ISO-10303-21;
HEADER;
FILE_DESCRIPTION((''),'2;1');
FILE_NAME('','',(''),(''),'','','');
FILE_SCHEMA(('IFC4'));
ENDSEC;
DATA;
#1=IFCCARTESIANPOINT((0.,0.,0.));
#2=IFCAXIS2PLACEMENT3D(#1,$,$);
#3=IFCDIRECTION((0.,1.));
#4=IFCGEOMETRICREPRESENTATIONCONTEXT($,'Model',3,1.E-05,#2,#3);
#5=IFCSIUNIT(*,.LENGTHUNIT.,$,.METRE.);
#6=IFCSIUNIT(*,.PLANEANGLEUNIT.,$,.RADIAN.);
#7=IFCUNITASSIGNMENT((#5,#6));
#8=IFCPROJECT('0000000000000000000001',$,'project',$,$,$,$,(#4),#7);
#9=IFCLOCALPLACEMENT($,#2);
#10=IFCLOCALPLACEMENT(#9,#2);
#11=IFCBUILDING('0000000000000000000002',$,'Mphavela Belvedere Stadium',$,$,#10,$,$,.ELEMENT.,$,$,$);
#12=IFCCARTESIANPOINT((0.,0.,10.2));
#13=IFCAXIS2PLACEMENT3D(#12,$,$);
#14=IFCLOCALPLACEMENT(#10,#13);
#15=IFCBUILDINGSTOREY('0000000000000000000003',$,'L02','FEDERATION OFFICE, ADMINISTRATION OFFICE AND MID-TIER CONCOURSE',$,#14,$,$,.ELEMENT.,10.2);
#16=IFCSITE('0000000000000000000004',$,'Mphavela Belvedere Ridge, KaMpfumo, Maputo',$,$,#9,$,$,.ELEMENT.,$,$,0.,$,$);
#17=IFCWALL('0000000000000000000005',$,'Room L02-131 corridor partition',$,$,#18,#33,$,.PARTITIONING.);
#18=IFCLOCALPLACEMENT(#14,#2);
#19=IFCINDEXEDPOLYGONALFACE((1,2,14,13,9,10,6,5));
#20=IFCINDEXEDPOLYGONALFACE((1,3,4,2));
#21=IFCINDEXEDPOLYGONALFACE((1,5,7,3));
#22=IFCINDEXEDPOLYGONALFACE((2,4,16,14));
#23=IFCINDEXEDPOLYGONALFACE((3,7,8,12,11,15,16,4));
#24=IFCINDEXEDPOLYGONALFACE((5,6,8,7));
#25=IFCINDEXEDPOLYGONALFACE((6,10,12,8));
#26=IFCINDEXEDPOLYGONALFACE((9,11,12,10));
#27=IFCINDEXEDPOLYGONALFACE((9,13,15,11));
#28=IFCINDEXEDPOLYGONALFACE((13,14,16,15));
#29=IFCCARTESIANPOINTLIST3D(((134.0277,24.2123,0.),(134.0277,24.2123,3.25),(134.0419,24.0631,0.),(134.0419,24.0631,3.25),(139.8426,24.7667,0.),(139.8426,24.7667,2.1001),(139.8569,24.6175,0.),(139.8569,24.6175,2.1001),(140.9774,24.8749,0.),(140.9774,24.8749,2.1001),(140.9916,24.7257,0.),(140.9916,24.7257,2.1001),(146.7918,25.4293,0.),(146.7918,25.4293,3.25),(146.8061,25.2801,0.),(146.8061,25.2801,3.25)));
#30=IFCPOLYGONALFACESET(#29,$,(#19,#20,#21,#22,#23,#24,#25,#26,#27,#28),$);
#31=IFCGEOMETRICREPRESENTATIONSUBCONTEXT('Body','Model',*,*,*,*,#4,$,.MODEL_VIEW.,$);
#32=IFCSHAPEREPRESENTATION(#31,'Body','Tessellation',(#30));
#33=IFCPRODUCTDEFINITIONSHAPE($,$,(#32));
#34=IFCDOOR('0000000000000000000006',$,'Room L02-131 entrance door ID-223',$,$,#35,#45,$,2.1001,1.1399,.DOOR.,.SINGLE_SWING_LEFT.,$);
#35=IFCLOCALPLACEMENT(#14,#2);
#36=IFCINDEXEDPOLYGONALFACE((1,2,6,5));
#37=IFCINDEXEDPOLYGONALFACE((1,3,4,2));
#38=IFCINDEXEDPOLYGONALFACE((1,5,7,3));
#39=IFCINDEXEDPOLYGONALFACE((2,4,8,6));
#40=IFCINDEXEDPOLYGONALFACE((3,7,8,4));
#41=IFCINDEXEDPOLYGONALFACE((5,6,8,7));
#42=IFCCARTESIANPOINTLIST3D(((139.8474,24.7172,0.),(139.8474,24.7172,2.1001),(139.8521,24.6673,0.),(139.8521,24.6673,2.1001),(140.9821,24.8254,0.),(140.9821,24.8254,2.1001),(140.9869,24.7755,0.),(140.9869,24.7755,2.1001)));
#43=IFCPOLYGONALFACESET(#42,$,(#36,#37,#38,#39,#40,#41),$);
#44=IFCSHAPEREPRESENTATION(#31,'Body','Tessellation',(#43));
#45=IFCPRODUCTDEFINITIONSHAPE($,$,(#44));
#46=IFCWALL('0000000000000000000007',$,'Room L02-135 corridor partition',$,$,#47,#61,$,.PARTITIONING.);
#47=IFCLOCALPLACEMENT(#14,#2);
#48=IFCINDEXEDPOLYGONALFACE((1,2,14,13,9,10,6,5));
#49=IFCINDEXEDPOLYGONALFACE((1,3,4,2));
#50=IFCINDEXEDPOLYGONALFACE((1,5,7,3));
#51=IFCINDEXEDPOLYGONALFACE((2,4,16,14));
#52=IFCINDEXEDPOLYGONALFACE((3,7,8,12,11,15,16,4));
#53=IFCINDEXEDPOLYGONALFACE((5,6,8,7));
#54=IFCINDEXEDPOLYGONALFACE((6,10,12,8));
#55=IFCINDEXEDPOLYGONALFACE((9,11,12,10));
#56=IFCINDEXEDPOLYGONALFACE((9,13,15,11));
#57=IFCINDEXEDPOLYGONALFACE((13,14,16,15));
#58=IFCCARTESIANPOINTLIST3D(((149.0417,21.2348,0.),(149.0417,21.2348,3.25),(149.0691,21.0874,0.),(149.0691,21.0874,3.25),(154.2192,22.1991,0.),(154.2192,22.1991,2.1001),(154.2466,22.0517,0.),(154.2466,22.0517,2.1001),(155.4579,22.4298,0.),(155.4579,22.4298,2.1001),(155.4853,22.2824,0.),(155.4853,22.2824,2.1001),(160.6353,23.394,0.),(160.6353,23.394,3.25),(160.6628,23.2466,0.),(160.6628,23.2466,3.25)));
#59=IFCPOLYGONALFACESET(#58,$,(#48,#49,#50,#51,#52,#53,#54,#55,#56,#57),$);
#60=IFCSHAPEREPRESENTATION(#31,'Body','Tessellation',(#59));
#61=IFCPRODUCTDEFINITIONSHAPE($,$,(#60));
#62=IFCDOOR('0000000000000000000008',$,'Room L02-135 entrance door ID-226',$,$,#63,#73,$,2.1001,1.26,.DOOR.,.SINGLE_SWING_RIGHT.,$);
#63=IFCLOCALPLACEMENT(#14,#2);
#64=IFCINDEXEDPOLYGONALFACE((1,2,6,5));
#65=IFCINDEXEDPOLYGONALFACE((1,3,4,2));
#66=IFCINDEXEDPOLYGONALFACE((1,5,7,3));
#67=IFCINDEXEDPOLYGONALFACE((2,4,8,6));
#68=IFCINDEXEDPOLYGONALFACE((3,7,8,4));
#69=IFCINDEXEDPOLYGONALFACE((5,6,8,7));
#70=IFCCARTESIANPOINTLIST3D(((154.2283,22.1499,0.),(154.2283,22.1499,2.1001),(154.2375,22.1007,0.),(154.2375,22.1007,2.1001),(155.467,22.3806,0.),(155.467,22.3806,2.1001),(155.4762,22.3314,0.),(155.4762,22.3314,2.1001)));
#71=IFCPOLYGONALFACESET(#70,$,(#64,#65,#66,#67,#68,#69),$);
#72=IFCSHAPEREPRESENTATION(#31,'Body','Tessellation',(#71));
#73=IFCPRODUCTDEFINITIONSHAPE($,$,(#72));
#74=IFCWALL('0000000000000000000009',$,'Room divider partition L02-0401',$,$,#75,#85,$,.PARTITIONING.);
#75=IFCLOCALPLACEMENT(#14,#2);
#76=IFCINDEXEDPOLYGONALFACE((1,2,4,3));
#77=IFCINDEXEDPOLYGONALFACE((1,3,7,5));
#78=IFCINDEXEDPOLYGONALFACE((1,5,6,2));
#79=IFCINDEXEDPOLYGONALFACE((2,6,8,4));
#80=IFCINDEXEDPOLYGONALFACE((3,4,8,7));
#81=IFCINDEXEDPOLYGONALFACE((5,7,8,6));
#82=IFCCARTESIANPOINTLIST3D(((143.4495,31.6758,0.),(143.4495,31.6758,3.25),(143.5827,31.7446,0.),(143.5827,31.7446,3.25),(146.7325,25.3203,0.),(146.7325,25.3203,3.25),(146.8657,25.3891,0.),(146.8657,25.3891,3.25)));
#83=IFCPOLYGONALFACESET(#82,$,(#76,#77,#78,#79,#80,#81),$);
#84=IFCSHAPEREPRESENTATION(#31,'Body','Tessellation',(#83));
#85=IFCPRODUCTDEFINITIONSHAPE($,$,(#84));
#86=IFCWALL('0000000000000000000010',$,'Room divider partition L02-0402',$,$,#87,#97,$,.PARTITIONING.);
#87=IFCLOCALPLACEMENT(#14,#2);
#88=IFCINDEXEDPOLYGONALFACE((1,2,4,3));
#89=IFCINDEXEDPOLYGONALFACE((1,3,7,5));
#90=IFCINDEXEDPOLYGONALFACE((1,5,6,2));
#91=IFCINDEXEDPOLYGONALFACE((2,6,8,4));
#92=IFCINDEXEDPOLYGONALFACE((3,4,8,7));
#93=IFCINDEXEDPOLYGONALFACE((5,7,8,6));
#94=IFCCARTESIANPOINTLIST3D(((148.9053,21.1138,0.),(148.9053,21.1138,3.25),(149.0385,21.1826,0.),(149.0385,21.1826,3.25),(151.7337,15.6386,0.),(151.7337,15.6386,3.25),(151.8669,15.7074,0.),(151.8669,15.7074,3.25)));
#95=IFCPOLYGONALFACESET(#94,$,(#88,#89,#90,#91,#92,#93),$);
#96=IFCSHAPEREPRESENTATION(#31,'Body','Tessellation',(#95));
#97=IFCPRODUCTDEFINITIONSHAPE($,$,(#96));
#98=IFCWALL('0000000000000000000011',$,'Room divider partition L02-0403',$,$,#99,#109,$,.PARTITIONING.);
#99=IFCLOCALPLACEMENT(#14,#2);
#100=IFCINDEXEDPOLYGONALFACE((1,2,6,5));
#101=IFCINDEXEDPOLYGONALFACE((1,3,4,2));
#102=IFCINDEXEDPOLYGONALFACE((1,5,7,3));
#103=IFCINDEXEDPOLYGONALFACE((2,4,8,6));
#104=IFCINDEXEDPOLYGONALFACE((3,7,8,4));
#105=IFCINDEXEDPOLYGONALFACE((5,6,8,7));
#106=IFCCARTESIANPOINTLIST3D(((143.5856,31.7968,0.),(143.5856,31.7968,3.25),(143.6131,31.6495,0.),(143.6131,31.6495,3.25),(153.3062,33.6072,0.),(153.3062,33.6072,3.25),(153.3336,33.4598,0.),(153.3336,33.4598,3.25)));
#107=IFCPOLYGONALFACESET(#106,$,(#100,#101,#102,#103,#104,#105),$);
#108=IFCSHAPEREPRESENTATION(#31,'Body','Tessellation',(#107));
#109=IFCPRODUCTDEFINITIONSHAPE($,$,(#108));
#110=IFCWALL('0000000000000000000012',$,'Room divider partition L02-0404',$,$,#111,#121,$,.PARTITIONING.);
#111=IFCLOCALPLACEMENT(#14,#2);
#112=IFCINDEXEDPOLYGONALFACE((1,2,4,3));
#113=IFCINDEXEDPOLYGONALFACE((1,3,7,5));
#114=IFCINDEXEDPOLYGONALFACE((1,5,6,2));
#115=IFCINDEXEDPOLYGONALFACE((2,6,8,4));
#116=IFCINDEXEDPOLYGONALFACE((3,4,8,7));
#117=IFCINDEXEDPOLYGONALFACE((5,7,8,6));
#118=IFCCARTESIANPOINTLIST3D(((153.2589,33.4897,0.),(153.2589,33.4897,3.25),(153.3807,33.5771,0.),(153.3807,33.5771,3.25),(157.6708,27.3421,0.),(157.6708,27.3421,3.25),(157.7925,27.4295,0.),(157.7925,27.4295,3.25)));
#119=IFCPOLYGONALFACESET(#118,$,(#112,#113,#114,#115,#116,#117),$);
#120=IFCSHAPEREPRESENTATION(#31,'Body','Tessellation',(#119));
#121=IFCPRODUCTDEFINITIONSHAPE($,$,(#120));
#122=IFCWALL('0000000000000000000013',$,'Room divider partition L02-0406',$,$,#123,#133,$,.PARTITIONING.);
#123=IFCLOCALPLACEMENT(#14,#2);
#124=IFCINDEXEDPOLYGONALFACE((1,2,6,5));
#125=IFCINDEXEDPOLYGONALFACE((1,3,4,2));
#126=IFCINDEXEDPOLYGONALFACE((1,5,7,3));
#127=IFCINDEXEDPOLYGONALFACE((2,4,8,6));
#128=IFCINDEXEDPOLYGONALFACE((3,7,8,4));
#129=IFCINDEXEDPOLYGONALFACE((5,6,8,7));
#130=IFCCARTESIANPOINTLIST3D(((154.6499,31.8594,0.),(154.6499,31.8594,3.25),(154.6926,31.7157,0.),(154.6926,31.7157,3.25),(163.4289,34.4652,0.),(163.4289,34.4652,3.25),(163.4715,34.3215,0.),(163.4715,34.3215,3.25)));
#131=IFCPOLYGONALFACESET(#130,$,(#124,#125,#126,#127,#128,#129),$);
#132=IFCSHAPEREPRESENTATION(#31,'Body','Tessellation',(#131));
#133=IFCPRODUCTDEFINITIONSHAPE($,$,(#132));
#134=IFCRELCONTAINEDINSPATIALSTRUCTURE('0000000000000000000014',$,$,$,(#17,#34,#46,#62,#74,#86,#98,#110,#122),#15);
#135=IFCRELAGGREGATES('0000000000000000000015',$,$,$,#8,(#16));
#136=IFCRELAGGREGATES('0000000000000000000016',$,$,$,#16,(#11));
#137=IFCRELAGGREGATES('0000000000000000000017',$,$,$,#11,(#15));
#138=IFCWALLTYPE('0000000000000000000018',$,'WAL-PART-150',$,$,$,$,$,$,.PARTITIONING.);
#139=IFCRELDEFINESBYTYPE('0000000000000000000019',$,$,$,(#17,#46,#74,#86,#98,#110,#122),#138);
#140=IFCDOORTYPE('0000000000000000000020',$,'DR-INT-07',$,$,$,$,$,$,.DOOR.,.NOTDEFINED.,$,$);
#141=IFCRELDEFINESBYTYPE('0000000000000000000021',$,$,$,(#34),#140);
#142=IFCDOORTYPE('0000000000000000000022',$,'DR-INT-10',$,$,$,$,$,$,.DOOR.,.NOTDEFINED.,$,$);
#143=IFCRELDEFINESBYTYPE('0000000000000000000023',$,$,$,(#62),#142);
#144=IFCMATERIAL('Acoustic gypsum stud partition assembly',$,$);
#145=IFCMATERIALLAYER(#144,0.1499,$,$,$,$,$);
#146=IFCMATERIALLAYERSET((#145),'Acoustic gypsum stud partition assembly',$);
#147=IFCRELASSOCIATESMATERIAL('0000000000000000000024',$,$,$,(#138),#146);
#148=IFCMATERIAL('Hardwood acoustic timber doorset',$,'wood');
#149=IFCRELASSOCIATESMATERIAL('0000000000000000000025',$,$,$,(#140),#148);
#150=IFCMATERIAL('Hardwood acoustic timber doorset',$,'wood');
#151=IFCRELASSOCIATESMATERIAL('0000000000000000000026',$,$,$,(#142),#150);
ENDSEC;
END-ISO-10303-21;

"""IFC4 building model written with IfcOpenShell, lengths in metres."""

from ifc_helpers import new_model, si_unit, direction, frame, frame_2d, origin, place, context, subcontext, project, spatial, rectangle, extrude, material, layer, layer_set, type_object, element, fill, save


model = new_model("IFC4")

# Units and contexts
model_context = context("Model", 3, precision=1e-05, world=origin(), true_north=direction((0.0, 1.0)))
body_context = subcontext(model_context, "Body", "Model", "MODEL_VIEW")
ifc_project = project(units=[si_unit("LENGTHUNIT", "METRE"), si_unit("PLANEANGLEUNIT", "RADIAN")], contexts=[model_context])

# Site, building, storey
site_placement = place(None, origin())
site = spatial("IfcSite", under=ifc_project, at=site_placement, Name="Mphavela Belvedere Ridge, KaMpfumo, Maputo", CompositionType="ELEMENT", RefElevation=0.0)
building_placement = place(site_placement, origin())
building = spatial("IfcBuilding", under=site, at=building_placement, Name="Mphavela Belvedere Stadium", CompositionType="ELEMENT")
storey_placement = place(building_placement, frame((0.0, 0.0, 10.2)))
storey = spatial("IfcBuildingStorey", under=building, at=storey_placement, Name="L02", Description="FEDERATION OFFICE, ADMINISTRATION OFFICE AND MID-TIER CONCOURSE", CompositionType="ELEMENT", Elevation=10.2)

# Walls, openings, doors
ifc_material_1 = material(Name="Acoustic gypsum stud partition assembly")
ifc_layer_1 = layer(ifc_material_1, 0.1499)
ifc_layer_set_1 = layer_set([ifc_layer_1], Name="Acoustic gypsum stud partition assembly")
wall_type = type_object("IfcWallType", Name="WAL-PART-150", PredefinedType="PARTITIONING", material=ifc_layer_set_1)
wall_1_placement = place(storey_placement, frame((146.7991, 25.3547, 0.0), z_axis=(0.0, 0.0, 1.0), x_axis=(-0.995485, -0.094918, 0.0)))
wall_1 = element("IfcWall", 1, at=wall_1_placement, inside=storey, type_object=wall_type, Name="Room L02-131 corridor partition", PredefinedType="PARTITIONING", context=body_context, shape_type="SweptSolid", body=[
    extrude(rectangle(XDim=12.822, YDim=0.1499, at=frame_2d((6.4111, 0.0))), origin(), (0.0, 0.0, 1.0), 3.25),
])
opening_1_placement = place(wall_1_placement, frame((5.8411, 0.0, 0.0)))
opening_1 = element("IfcOpeningElement", 2, at=opening_1_placement, cuts=wall_1, PredefinedType="OPENING", context=body_context, shape_type="SweptSolid", body=[
    extrude(rectangle(XDim=1.1399, YDim=2.1001, at=frame_2d((0.5698, 1.05))), frame((0.0, 0.085, 0.0), z_axis=(0.0, -1.0, 0.0), x_axis=(1.0, 0.0, 0.0)), (0.0, 0.0, 1.0), 0.1699),
])
ifc_material_2 = material(Name="Hardwood acoustic timber doorset", Category="wood")
door_type_1 = type_object("IfcDoorType", Name="DR-INT-07", OperationType="NOTDEFINED", PredefinedType="DOOR", material=ifc_material_2)
door_1_placement = place(opening_1_placement, origin())
door_1 = element("IfcDoor", 3, at=door_1_placement, inside=storey, type_object=door_type_1, Name="Room L02-131 entrance door ID-223", OperationType="SINGLE_SWING_LEFT", OverallHeight=2.1001, OverallWidth=1.1399, PredefinedType="DOOR", context=body_context, shape_type="SweptSolid", body=[
    extrude(rectangle(XDim=1.1399, YDim=2.1001, at=frame_2d((0.5698, 1.05))), frame((0.0, 0.0249, 0.0), z_axis=(0.0, -1.0, 0.0), x_axis=(1.0, 0.0, 0.0)), (0.0, 0.0, 1.0), 0.05),
])
fill(opening_1, door_1)
wall_2_placement = place(storey_placement, frame((149.0554, 21.1611, 0.0), z_axis=(0.0, 0.0, 1.0), x_axis=(0.983096, 0.183092, 0.0)))
wall_2 = element("IfcWall", 4, at=wall_2_placement, inside=storey, type_object=wall_type, Name="Room L02-135 corridor partition", PredefinedType="PARTITIONING", context=body_context, shape_type="SweptSolid", body=[
    extrude(rectangle(XDim=11.793, YDim=0.1499, at=frame_2d((5.8965, 0.0))), origin(), (0.0, 0.0, 1.0), 3.25),
])
opening_2_placement = place(wall_2_placement, frame((5.2666, 0.0, 0.0)))
opening_2 = element("IfcOpeningElement", 5, at=opening_2_placement, cuts=wall_2, PredefinedType="OPENING", context=body_context, shape_type="SweptSolid", body=[
    extrude(rectangle(XDim=1.26, YDim=2.1001, at=frame_2d((0.6299, 1.05))), frame((0.0, 0.085, 0.0), z_axis=(0.0, -1.0, 0.0), x_axis=(1.0, 0.0, 0.0)), (0.0, 0.0, 1.0), 0.1699),
])
ifc_material_3 = material(Name="Hardwood acoustic timber doorset", Category="wood")
door_type_2 = type_object("IfcDoorType", Name="DR-INT-10", OperationType="NOTDEFINED", PredefinedType="DOOR", material=ifc_material_3)
door_2_placement = place(opening_2_placement, origin())
door_2 = element("IfcDoor", 6, at=door_2_placement, inside=storey, type_object=door_type_2, Name="Room L02-135 entrance door ID-226", OperationType="SINGLE_SWING_RIGHT", OverallHeight=2.1001, OverallWidth=1.26, PredefinedType="DOOR", context=body_context, shape_type="SweptSolid", body=[
    extrude(rectangle(XDim=1.26, YDim=2.1001, at=frame_2d((0.6299, 1.05))), frame((0.0, 0.0249, 0.0), z_axis=(0.0, -1.0, 0.0), x_axis=(1.0, 0.0, 0.0)), (0.0, 0.0, 1.0), 0.05),
])
fill(opening_2, door_2)

# Walls
wall_3_placement = place(storey_placement, frame((143.5161, 31.7102, 0.0), z_axis=(0.0, 0.0, 1.0), x_axis=(0.458943, -0.888466, 0.0)))
element("IfcWall", 7, at=wall_3_placement, inside=storey, type_object=wall_type, Name="Room divider partition L02-0401", PredefinedType="PARTITIONING", context=body_context, shape_type="SweptSolid", body=[
    extrude(rectangle(XDim=7.1533, YDim=0.1499, at=frame_2d((3.5767, 0.0))), origin(), (0.0, 0.0, 1.0), 3.25),
])
wall_4_placement = place(storey_placement, frame((148.9719, 21.1482, 0.0), z_axis=(0.0, 0.0, 1.0), x_axis=(0.458965, -0.888454, 0.0)))
element("IfcWall", 8, at=wall_4_placement, inside=storey, type_object=wall_type, Name="Room divider partition L02-0402", PredefinedType="PARTITIONING", context=body_context, shape_type="SweptSolid", body=[
    extrude(rectangle(XDim=6.1626, YDim=0.1499, at=frame_2d((3.0813, 0.0))), origin(), (0.0, 0.0, 1.0), 3.25),
])
wall_5_placement = place(storey_placement, frame((143.5994, 31.7231, 0.0), z_axis=(0.0, 0.0, 1.0), x_axis=(0.983096, 0.183088, 0.0)))
element("IfcWall", 9, at=wall_5_placement, inside=storey, type_object=wall_type, Name="Room divider partition L02-0403", PredefinedType="PARTITIONING", context=body_context, shape_type="SweptSolid", body=[
    extrude(rectangle(XDim=9.8877, YDim=0.1499, at=frame_2d((4.9438, 0.0))), origin(), (0.0, 0.0, 1.0), 3.25),
])
wall_6_placement = place(storey_placement, frame((153.3198, 33.5334, 0.0), z_axis=(0.0, 0.0, 1.0), x_axis=(0.583044, -0.812441, 0.0)))
element("IfcWall", 10, at=wall_6_placement, inside=storey, type_object=wall_type, Name="Room divider partition L02-0404", PredefinedType="PARTITIONING", context=body_context, shape_type="SweptSolid", body=[
    extrude(rectangle(XDim=7.5669, YDim=0.1499, at=frame_2d((3.7834, 0.0))), origin(), (0.0, 0.0, 1.0), 3.25),
])
wall_7_placement = place(storey_placement, frame((154.6714, 31.7876, 0.0), z_axis=(0.0, 0.0, 1.0), x_axis=(0.958662, 0.284549, 0.0)))
element("IfcWall", 11, at=wall_7_placement, inside=storey, type_object=wall_type, Name="Room divider partition L02-0406", PredefinedType="PARTITIONING", context=body_context, shape_type="SweptSolid", body=[
    extrude(rectangle(XDim=9.1575, YDim=0.1499, at=frame_2d((4.5786, 0.0))), origin(), (0.0, 0.0, 1.0), 3.25),
])

save(model, "model.ifc")
